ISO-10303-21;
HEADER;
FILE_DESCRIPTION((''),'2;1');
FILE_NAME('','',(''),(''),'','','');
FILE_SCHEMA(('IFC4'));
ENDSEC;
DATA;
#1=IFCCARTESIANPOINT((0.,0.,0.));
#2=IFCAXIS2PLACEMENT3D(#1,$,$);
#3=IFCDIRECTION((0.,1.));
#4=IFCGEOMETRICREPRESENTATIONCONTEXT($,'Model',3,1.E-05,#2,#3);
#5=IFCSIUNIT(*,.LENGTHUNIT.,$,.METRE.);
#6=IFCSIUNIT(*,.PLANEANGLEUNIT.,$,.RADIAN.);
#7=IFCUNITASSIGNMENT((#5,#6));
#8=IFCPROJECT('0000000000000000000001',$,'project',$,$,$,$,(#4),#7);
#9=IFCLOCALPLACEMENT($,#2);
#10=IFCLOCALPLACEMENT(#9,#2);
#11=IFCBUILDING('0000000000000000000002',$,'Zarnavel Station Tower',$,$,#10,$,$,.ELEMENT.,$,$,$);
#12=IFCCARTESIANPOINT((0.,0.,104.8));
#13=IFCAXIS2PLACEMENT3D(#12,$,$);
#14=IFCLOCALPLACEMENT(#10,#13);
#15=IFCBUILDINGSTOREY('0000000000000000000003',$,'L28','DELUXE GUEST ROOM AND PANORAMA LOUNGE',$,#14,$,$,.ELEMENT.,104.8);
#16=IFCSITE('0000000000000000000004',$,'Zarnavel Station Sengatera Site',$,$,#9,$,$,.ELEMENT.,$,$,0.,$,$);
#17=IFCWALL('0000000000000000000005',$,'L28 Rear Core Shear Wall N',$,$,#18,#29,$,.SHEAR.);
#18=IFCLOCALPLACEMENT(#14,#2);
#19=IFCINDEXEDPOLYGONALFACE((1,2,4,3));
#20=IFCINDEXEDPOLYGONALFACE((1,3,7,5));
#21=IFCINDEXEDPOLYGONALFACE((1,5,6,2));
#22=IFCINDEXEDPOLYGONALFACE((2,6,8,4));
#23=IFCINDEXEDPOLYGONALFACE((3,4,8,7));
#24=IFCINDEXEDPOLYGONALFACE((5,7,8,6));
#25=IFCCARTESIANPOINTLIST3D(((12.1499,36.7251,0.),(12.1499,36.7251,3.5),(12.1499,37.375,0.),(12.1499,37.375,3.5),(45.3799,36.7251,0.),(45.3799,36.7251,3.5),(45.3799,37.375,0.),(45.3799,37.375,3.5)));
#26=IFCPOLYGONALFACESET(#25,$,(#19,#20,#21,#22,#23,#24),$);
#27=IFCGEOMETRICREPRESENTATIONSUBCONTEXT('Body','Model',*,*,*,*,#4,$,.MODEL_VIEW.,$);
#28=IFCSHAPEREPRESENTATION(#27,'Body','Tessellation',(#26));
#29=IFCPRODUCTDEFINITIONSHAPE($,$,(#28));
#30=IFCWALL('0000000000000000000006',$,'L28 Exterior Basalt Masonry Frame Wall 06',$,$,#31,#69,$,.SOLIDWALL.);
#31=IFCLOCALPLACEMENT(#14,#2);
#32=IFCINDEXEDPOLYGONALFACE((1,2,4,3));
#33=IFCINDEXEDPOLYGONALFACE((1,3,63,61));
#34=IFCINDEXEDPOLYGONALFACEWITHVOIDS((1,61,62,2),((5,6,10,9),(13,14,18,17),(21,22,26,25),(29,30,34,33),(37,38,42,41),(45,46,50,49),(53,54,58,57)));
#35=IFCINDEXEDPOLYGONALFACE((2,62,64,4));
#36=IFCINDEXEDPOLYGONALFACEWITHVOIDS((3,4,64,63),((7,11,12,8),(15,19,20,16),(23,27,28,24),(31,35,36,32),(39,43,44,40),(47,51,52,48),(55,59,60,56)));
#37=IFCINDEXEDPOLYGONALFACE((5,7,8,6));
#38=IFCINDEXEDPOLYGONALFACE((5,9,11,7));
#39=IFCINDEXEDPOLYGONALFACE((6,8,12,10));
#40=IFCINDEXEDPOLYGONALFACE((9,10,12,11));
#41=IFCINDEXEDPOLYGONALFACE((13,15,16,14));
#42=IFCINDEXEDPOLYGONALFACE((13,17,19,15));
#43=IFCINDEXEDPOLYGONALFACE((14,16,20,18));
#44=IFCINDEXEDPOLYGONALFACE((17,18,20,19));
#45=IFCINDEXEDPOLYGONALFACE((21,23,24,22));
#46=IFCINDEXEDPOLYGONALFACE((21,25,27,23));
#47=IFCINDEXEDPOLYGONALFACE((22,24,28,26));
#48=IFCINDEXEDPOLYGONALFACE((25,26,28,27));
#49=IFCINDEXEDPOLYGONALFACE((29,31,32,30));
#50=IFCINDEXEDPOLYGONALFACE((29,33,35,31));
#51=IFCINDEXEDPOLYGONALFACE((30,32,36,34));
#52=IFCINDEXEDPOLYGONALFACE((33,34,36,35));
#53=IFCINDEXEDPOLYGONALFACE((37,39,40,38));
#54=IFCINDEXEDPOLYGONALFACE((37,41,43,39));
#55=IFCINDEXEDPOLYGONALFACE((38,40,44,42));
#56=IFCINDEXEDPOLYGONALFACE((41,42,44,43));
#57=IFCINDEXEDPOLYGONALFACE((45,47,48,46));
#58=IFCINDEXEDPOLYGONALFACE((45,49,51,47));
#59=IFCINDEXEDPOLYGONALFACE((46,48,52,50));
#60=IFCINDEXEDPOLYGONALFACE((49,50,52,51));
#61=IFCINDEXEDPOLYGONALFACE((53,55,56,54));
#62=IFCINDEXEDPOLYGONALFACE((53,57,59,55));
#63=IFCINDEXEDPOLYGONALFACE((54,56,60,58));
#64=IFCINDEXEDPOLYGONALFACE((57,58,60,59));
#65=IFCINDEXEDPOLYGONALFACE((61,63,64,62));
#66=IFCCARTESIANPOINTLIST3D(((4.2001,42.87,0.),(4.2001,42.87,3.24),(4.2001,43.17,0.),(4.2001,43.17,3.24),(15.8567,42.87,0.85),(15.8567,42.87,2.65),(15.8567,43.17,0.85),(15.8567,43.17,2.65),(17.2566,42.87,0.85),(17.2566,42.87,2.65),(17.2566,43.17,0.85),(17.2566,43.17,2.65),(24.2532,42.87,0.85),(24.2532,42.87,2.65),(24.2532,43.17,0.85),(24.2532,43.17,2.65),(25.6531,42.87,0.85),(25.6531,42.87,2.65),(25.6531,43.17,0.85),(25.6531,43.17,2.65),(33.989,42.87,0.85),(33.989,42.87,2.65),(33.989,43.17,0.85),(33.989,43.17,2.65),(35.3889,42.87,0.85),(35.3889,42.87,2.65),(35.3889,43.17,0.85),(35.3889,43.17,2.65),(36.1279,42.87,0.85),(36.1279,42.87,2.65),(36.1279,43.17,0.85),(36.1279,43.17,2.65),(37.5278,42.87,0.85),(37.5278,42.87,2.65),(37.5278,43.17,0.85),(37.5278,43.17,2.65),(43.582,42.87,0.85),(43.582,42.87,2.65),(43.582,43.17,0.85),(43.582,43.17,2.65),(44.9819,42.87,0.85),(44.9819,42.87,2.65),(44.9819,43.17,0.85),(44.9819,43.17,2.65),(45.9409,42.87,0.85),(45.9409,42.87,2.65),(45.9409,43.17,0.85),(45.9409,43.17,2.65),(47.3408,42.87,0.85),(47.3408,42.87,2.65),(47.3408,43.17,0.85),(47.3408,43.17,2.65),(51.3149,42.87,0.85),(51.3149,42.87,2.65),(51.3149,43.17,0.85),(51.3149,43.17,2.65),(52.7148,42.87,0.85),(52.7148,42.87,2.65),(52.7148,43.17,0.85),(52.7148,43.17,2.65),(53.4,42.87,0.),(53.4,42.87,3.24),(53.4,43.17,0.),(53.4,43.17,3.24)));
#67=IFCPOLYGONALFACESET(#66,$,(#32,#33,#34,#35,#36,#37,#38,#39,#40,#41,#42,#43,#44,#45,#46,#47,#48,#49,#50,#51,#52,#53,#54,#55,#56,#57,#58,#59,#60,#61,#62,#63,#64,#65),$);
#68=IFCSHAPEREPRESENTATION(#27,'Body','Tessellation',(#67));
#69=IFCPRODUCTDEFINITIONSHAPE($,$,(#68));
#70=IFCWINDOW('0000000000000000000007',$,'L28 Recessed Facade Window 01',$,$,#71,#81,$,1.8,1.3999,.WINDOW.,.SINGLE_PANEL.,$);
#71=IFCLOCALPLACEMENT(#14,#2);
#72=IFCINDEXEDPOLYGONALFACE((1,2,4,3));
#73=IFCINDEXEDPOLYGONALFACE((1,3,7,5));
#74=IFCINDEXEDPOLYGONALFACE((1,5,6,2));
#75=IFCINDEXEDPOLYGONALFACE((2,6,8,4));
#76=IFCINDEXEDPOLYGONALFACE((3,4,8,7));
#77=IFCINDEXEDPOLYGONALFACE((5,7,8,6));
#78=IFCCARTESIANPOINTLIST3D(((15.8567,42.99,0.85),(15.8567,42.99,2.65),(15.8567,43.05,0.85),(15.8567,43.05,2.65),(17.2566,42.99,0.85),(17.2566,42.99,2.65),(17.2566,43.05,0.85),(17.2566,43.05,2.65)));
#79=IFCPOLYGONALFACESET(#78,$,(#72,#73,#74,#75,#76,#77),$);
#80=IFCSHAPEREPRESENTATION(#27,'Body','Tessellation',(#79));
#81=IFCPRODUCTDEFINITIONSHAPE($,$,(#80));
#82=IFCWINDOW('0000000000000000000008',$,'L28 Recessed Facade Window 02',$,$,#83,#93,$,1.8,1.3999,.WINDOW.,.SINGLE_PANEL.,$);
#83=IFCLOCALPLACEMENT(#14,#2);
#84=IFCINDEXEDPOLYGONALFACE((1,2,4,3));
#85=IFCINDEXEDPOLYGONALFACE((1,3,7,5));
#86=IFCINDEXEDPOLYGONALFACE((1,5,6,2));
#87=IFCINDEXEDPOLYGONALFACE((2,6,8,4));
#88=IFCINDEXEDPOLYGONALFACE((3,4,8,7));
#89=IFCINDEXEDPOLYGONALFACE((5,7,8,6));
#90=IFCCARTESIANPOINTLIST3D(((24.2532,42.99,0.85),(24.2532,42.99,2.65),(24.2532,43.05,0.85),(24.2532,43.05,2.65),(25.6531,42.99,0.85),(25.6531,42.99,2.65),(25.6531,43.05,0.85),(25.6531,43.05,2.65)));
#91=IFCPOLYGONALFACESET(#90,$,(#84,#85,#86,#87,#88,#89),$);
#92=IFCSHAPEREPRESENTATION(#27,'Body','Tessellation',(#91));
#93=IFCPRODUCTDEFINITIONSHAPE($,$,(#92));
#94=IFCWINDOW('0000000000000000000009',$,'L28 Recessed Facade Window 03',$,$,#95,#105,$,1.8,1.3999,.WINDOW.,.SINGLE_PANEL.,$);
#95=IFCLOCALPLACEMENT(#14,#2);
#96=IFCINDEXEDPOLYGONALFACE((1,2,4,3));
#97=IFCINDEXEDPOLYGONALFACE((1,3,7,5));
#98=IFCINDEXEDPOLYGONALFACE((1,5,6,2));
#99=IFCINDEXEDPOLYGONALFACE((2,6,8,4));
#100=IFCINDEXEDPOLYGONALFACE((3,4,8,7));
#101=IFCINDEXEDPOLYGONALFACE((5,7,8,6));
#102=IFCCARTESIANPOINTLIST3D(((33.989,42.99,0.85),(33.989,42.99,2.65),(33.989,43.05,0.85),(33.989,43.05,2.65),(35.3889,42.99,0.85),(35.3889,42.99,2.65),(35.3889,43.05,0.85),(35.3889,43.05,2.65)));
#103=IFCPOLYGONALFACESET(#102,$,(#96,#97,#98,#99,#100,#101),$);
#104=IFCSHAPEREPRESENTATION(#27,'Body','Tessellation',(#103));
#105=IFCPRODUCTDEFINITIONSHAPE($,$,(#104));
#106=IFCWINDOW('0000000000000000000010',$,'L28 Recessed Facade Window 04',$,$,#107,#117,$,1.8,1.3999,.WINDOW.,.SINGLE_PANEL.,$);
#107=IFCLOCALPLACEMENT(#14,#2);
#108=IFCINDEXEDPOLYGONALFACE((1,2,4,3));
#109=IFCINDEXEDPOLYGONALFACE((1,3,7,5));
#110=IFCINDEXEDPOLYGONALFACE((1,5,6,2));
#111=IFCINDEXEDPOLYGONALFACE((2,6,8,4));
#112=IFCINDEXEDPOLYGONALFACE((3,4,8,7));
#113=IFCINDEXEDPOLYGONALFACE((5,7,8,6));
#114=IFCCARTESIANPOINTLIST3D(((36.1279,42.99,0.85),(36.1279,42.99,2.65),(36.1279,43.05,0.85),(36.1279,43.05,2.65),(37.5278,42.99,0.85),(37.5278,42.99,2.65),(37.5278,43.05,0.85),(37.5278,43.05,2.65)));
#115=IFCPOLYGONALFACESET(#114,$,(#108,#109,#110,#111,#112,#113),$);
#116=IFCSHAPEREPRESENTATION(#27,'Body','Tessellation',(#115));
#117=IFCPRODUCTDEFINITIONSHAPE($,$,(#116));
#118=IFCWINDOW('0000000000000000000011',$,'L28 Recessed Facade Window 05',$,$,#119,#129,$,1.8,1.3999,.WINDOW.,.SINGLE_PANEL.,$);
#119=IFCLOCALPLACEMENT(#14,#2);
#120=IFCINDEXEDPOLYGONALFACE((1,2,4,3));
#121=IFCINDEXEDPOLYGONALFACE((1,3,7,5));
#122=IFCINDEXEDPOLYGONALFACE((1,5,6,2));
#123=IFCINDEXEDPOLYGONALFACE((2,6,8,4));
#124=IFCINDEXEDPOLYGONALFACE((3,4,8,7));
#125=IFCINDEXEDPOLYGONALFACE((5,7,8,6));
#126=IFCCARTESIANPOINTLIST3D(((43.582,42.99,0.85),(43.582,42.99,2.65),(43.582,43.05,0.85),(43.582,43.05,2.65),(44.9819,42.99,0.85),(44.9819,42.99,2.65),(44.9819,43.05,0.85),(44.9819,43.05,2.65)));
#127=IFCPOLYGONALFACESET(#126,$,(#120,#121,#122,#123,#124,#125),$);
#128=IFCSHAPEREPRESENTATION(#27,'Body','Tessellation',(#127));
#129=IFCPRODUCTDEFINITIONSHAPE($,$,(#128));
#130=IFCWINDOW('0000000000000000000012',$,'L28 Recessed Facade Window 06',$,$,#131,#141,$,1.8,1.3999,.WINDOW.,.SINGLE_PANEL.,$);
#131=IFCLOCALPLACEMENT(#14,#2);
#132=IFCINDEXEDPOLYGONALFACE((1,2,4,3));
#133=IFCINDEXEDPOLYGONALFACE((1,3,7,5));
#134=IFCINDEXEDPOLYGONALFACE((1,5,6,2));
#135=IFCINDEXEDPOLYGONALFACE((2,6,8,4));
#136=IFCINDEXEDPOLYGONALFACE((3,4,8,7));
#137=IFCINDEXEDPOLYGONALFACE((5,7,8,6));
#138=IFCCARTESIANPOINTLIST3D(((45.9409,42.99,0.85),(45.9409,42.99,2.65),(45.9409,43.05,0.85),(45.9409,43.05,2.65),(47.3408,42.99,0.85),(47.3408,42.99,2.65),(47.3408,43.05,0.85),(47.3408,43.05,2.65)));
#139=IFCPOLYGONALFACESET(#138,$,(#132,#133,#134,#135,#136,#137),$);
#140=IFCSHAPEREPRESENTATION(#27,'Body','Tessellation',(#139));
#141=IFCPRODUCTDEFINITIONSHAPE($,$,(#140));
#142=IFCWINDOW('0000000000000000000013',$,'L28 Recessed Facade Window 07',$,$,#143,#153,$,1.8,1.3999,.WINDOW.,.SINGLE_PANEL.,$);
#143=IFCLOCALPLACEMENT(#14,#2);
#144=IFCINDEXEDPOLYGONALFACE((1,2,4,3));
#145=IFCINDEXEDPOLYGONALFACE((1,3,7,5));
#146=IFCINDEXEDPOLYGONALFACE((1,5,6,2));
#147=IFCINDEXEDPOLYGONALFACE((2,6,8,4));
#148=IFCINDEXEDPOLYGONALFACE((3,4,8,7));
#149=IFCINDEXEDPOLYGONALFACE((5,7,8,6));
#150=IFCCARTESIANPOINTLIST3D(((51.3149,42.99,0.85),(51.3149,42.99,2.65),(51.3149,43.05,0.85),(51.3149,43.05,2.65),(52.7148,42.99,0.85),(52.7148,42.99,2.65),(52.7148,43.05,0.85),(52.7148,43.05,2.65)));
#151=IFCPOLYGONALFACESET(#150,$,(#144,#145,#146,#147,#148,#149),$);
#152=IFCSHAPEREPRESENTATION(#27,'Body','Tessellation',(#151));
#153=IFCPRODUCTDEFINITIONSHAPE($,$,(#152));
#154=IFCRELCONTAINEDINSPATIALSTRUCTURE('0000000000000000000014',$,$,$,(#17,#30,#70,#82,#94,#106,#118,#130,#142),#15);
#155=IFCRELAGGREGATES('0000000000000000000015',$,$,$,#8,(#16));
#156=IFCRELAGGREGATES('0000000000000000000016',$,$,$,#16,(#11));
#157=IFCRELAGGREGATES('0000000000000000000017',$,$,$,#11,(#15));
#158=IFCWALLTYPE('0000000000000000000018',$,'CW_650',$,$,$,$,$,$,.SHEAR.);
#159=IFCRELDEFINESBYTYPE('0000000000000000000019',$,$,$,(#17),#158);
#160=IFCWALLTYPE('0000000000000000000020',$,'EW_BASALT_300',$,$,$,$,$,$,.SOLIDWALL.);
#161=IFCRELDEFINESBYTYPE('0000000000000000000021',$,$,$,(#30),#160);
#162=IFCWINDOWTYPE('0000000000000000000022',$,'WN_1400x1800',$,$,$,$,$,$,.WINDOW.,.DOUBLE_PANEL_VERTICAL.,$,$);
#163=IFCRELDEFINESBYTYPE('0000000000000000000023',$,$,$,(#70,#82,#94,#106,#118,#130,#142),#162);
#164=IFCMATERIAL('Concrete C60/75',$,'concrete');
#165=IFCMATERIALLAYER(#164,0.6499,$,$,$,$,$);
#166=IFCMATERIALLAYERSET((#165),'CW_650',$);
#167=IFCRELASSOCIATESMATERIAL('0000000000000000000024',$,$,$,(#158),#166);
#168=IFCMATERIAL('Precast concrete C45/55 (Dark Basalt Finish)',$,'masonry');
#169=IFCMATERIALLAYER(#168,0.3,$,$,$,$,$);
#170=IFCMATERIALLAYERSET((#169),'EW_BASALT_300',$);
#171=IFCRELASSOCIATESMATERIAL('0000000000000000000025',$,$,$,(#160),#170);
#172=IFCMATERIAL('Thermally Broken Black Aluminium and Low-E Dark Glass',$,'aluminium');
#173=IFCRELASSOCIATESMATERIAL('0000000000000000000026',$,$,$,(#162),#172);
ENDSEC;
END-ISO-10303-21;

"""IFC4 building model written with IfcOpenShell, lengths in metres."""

from ifc_helpers import new_model, si_unit, direction, frame, frame_2d, origin, place, context, subcontext, project, spatial, rectangle, extrude, material, layer, layer_set, type_object, element, fill, save


model = new_model("IFC4")

# Units and contexts
model_context = context("Model", 3, precision=1e-05, world=origin(), true_north=direction((0.0, 1.0)))
body_context = subcontext(model_context, "Body", "Model", "MODEL_VIEW")
ifc_project = project(units=[si_unit("LENGTHUNIT", "METRE"), si_unit("PLANEANGLEUNIT", "RADIAN")], contexts=[model_context])

# Site, building, storey
site_placement = place(None, origin())
site = spatial("IfcSite", under=ifc_project, at=site_placement, Name="Zarnavel Station Sengatera Site", CompositionType="ELEMENT", RefElevation=0.0)
building_placement = place(site_placement, origin())
building = spatial("IfcBuilding", under=site, at=building_placement, Name="Zarnavel Station Tower", CompositionType="ELEMENT")
storey_placement = place(building_placement, frame((0.0, 0.0, 104.8)))
storey = spatial("IfcBuildingStorey", under=building, at=storey_placement, Name="L28", Description="DELUXE GUEST ROOM AND PANORAMA LOUNGE", CompositionType="ELEMENT", Elevation=104.8)

# Wall
ifc_material_1 = material(Name="Concrete C60/75", Category="concrete")
ifc_layer_1 = layer(ifc_material_1, 0.6499)
ifc_layer_set_1 = layer_set([ifc_layer_1], Name="CW_650")
wall_type_1 = type_object("IfcWallType", Name="CW_650", PredefinedType="SHEAR", material=ifc_layer_set_1)
wall_1_placement = place(storey_placement, frame((12.1499, 37.05, 0.0), z_axis=(0.0, 0.0, 1.0), x_axis=(1.0, 0.0, 0.0)))
element("IfcWall", 1, at=wall_1_placement, inside=storey, type_object=wall_type_1, Name="L28 Rear Core Shear Wall N", PredefinedType="SHEAR", context=body_context, shape_type="SweptSolid", body=[
    extrude(rectangle(XDim=33.23, YDim=0.6499, at=frame_2d((16.615, 0.0))), origin(), (0.0, 0.0, 1.0), 3.5),
])

# Wall, openings, windows
ifc_material_2 = material(Name="Precast concrete C45/55 (Dark Basalt Finish)", Category="masonry")
ifc_layer_2 = layer(ifc_material_2, 0.3)
ifc_layer_set_2 = layer_set([ifc_layer_2], Name="EW_BASALT_300")
wall_type_2 = type_object("IfcWallType", Name="EW_BASALT_300", PredefinedType="SOLIDWALL", material=ifc_layer_set_2)
wall_2_placement = place(storey_placement, frame((4.2, 43.02, 0.0), z_axis=(0.0, 0.0, 1.0), x_axis=(1.0, 0.0, 0.0)))
wall_2 = element("IfcWall", 2, at=wall_2_placement, inside=storey, type_object=wall_type_2, Name="L28 Exterior Basalt Masonry Frame Wall 06", PredefinedType="SOLIDWALL", context=body_context, shape_type="SweptSolid", body=[
    extrude(rectangle(XDim=49.2, YDim=0.3, at=frame_2d((24.6001, 0.0))), origin(), (0.0, 0.0, 1.0), 3.24),
])
opening_1_placement = place(wall_2_placement, frame((11.6567, 0.0, 0.8501)))
opening_1 = element("IfcOpeningElement", 3, at=opening_1_placement, cuts=wall_2, PredefinedType="OPENING", context=body_context, shape_type="SweptSolid", body=[
    extrude(rectangle(XDim=1.3999, YDim=1.8, at=frame_2d((0.7, 0.8999))), frame((0.0, 0.1599, 0.0), z_axis=(0.0, -1.0, 0.0), x_axis=(1.0, 0.0, 0.0)), (0.0, 0.0, 1.0), 0.3201),
])
opening_2_placement = place(wall_2_placement, frame((20.0532, 0.0, 0.8501)))
opening_2 = element("IfcOpeningElement", 4, at=opening_2_placement, cuts=wall_2, PredefinedType="OPENING", context=body_context, shape_type="SweptSolid", body=[
    extrude(rectangle(XDim=1.3999, YDim=1.8, at=frame_2d((0.7, 0.8999))), frame((0.0, 0.1599, 0.0), z_axis=(0.0, -1.0, 0.0), x_axis=(1.0, 0.0, 0.0)), (0.0, 0.0, 1.0), 0.3201),
])
opening_3_placement = place(wall_2_placement, frame((29.7891, 0.0, 0.8501)))
opening_3 = element("IfcOpeningElement", 5, at=opening_3_placement, cuts=wall_2, PredefinedType="OPENING", context=body_context, shape_type="SweptSolid", body=[
    extrude(rectangle(XDim=1.3999, YDim=1.8, at=frame_2d((0.7, 0.8999))), frame((0.0, 0.1599, 0.0), z_axis=(0.0, -1.0, 0.0), x_axis=(1.0, 0.0, 0.0)), (0.0, 0.0, 1.0), 0.3201),
])
opening_4_placement = place(wall_2_placement, frame((31.928, 0.0, 0.8501)))
opening_4 = element("IfcOpeningElement", 6, at=opening_4_placement, cuts=wall_2, PredefinedType="OPENING", context=body_context, shape_type="SweptSolid", body=[
    extrude(rectangle(XDim=1.3999, YDim=1.8, at=frame_2d((0.7, 0.8999))), frame((0.0, 0.1599, 0.0), z_axis=(0.0, -1.0, 0.0), x_axis=(1.0, 0.0, 0.0)), (0.0, 0.0, 1.0), 0.3201),
])
opening_5_placement = place(wall_2_placement, frame((39.3821, 0.0, 0.8501)))
opening_5 = element("IfcOpeningElement", 7, at=opening_5_placement, cuts=wall_2, PredefinedType="OPENING", context=body_context, shape_type="SweptSolid", body=[
    extrude(rectangle(XDim=1.3999, YDim=1.8, at=frame_2d((0.7, 0.8999))), frame((0.0, 0.1599, 0.0), z_axis=(0.0, -1.0, 0.0), x_axis=(1.0, 0.0, 0.0)), (0.0, 0.0, 1.0), 0.3201),
])
opening_6_placement = place(wall_2_placement, frame((41.741, 0.0, 0.8501)))
opening_6 = element("IfcOpeningElement", 8, at=opening_6_placement, cuts=wall_2, PredefinedType="OPENING", context=body_context, shape_type="SweptSolid", body=[
    extrude(rectangle(XDim=1.3999, YDim=1.8, at=frame_2d((0.7, 0.8999))), frame((0.0, 0.1599, 0.0), z_axis=(0.0, -1.0, 0.0), x_axis=(1.0, 0.0, 0.0)), (0.0, 0.0, 1.0), 0.3201),
])
opening_7_placement = place(wall_2_placement, frame((47.115, 0.0, 0.8501)))
opening_7 = element("IfcOpeningElement", 9, at=opening_7_placement, cuts=wall_2, PredefinedType="OPENING", context=body_context, shape_type="SweptSolid", body=[
    extrude(rectangle(XDim=1.3999, YDim=1.8, at=frame_2d((0.7, 0.8999))), frame((0.0, 0.1599, 0.0), z_axis=(0.0, -1.0, 0.0), x_axis=(1.0, 0.0, 0.0)), (0.0, 0.0, 1.0), 0.3201),
])
ifc_material_3 = material(Name="Thermally Broken Black Aluminium and Low-E Dark Glass", Category="aluminium")
window_type = type_object("IfcWindowType", Name="WN_1400x1800", PartitioningType="DOUBLE_PANEL_VERTICAL", PredefinedType="WINDOW", material=ifc_material_3)
window_1_placement = place(opening_1_placement, origin())
window_1 = element("IfcWindow", 10, at=window_1_placement, inside=storey, type_object=window_type, Name="L28 Recessed Facade Window 01", OverallHeight=1.8, OverallWidth=1.3999, PartitioningType="SINGLE_PANEL", PredefinedType="WINDOW", context=body_context, shape_type="SweptSolid", body=[
    extrude(rectangle(XDim=1.3999, YDim=1.8, at=frame_2d((0.7, 0.8999))), frame((0.0, 0.03, 0.0), z_axis=(0.0, -1.0, 0.0), x_axis=(1.0, 0.0, 0.0)), (0.0, 0.0, 1.0), 0.0601),
])
fill(opening_1, window_1)
window_2_placement = place(opening_2_placement, origin())
window_2 = element("IfcWindow", 11, at=window_2_placement, inside=storey, type_object=window_type, Name="L28 Recessed Facade Window 02", OverallHeight=1.8, OverallWidth=1.3999, PartitioningType="SINGLE_PANEL", PredefinedType="WINDOW", context=body_context, shape_type="SweptSolid", body=[
    extrude(rectangle(XDim=1.3999, YDim=1.8, at=frame_2d((0.7, 0.8999))), frame((0.0, 0.03, 0.0), z_axis=(0.0, -1.0, 0.0), x_axis=(1.0, 0.0, 0.0)), (0.0, 0.0, 1.0), 0.0601),
])
fill(opening_2, window_2)
window_3_placement = place(opening_3_placement, origin())
window_3 = element("IfcWindow", 12, at=window_3_placement, inside=storey, type_object=window_type, Name="L28 Recessed Facade Window 03", OverallHeight=1.8, OverallWidth=1.3999, PartitioningType="SINGLE_PANEL", PredefinedType="WINDOW", context=body_context, shape_type="SweptSolid", body=[
    extrude(rectangle(XDim=1.3999, YDim=1.8, at=frame_2d((0.7, 0.8999))), frame((0.0, 0.03, 0.0), z_axis=(0.0, -1.0, 0.0), x_axis=(1.0, 0.0, 0.0)), (0.0, 0.0, 1.0), 0.0601),
])
fill(opening_3, window_3)
window_4_placement = place(opening_4_placement, origin())
window_4 = element("IfcWindow", 13, at=window_4_placement, inside=storey, type_object=window_type, Name="L28 Recessed Facade Window 04", OverallHeight=1.8, OverallWidth=1.3999, PartitioningType="SINGLE_PANEL", PredefinedType="WINDOW", context=body_context, shape_type="SweptSolid", body=[
    extrude(rectangle(XDim=1.3999, YDim=1.8, at=frame_2d((0.7, 0.8999))), frame((0.0, 0.03, 0.0), z_axis=(0.0, -1.0, 0.0), x_axis=(1.0, 0.0, 0.0)), (0.0, 0.0, 1.0), 0.0601),
])
fill(opening_4, window_4)
window_5_placement = place(opening_5_placement, origin())
window_5 = element("IfcWindow", 14, at=window_5_placement, inside=storey, type_object=window_type, Name="L28 Recessed Facade Window 05", OverallHeight=1.8, OverallWidth=1.3999, PartitioningType="SINGLE_PANEL", PredefinedType="WINDOW", context=body_context, shape_type="SweptSolid", body=[
    extrude(rectangle(XDim=1.3999, YDim=1.8, at=frame_2d((0.7, 0.8999))), frame((0.0, 0.03, 0.0), z_axis=(0.0, -1.0, 0.0), x_axis=(1.0, 0.0, 0.0)), (0.0, 0.0, 1.0), 0.0601),
])
fill(opening_5, window_5)
window_6_placement = place(opening_6_placement, origin())
window_6 = element("IfcWindow", 15, at=window_6_placement, inside=storey, type_object=window_type, Name="L28 Recessed Facade Window 06", OverallHeight=1.8, OverallWidth=1.3999, PartitioningType="SINGLE_PANEL", PredefinedType="WINDOW", context=body_context, shape_type="SweptSolid", body=[
    extrude(rectangle(XDim=1.3999, YDim=1.8, at=frame_2d((0.7, 0.8999))), frame((0.0, 0.03, 0.0), z_axis=(0.0, -1.0, 0.0), x_axis=(1.0, 0.0, 0.0)), (0.0, 0.0, 1.0), 0.0601),
])
fill(opening_6, window_6)
window_7_placement = place(opening_7_placement, origin())
window_7 = element("IfcWindow", 16, at=window_7_placement, inside=storey, type_object=window_type, Name="L28 Recessed Facade Window 07", OverallHeight=1.8, OverallWidth=1.3999, PartitioningType="SINGLE_PANEL", PredefinedType="WINDOW", context=body_context, shape_type="SweptSolid", body=[
    extrude(rectangle(XDim=1.3999, YDim=1.8, at=frame_2d((0.7, 0.8999))), frame((0.0, 0.03, 0.0), z_axis=(0.0, -1.0, 0.0), x_axis=(1.0, 0.0, 0.0)), (0.0, 0.0, 1.0), 0.0601),
])
fill(opening_7, window_7)

save(model, "model.ifc")
